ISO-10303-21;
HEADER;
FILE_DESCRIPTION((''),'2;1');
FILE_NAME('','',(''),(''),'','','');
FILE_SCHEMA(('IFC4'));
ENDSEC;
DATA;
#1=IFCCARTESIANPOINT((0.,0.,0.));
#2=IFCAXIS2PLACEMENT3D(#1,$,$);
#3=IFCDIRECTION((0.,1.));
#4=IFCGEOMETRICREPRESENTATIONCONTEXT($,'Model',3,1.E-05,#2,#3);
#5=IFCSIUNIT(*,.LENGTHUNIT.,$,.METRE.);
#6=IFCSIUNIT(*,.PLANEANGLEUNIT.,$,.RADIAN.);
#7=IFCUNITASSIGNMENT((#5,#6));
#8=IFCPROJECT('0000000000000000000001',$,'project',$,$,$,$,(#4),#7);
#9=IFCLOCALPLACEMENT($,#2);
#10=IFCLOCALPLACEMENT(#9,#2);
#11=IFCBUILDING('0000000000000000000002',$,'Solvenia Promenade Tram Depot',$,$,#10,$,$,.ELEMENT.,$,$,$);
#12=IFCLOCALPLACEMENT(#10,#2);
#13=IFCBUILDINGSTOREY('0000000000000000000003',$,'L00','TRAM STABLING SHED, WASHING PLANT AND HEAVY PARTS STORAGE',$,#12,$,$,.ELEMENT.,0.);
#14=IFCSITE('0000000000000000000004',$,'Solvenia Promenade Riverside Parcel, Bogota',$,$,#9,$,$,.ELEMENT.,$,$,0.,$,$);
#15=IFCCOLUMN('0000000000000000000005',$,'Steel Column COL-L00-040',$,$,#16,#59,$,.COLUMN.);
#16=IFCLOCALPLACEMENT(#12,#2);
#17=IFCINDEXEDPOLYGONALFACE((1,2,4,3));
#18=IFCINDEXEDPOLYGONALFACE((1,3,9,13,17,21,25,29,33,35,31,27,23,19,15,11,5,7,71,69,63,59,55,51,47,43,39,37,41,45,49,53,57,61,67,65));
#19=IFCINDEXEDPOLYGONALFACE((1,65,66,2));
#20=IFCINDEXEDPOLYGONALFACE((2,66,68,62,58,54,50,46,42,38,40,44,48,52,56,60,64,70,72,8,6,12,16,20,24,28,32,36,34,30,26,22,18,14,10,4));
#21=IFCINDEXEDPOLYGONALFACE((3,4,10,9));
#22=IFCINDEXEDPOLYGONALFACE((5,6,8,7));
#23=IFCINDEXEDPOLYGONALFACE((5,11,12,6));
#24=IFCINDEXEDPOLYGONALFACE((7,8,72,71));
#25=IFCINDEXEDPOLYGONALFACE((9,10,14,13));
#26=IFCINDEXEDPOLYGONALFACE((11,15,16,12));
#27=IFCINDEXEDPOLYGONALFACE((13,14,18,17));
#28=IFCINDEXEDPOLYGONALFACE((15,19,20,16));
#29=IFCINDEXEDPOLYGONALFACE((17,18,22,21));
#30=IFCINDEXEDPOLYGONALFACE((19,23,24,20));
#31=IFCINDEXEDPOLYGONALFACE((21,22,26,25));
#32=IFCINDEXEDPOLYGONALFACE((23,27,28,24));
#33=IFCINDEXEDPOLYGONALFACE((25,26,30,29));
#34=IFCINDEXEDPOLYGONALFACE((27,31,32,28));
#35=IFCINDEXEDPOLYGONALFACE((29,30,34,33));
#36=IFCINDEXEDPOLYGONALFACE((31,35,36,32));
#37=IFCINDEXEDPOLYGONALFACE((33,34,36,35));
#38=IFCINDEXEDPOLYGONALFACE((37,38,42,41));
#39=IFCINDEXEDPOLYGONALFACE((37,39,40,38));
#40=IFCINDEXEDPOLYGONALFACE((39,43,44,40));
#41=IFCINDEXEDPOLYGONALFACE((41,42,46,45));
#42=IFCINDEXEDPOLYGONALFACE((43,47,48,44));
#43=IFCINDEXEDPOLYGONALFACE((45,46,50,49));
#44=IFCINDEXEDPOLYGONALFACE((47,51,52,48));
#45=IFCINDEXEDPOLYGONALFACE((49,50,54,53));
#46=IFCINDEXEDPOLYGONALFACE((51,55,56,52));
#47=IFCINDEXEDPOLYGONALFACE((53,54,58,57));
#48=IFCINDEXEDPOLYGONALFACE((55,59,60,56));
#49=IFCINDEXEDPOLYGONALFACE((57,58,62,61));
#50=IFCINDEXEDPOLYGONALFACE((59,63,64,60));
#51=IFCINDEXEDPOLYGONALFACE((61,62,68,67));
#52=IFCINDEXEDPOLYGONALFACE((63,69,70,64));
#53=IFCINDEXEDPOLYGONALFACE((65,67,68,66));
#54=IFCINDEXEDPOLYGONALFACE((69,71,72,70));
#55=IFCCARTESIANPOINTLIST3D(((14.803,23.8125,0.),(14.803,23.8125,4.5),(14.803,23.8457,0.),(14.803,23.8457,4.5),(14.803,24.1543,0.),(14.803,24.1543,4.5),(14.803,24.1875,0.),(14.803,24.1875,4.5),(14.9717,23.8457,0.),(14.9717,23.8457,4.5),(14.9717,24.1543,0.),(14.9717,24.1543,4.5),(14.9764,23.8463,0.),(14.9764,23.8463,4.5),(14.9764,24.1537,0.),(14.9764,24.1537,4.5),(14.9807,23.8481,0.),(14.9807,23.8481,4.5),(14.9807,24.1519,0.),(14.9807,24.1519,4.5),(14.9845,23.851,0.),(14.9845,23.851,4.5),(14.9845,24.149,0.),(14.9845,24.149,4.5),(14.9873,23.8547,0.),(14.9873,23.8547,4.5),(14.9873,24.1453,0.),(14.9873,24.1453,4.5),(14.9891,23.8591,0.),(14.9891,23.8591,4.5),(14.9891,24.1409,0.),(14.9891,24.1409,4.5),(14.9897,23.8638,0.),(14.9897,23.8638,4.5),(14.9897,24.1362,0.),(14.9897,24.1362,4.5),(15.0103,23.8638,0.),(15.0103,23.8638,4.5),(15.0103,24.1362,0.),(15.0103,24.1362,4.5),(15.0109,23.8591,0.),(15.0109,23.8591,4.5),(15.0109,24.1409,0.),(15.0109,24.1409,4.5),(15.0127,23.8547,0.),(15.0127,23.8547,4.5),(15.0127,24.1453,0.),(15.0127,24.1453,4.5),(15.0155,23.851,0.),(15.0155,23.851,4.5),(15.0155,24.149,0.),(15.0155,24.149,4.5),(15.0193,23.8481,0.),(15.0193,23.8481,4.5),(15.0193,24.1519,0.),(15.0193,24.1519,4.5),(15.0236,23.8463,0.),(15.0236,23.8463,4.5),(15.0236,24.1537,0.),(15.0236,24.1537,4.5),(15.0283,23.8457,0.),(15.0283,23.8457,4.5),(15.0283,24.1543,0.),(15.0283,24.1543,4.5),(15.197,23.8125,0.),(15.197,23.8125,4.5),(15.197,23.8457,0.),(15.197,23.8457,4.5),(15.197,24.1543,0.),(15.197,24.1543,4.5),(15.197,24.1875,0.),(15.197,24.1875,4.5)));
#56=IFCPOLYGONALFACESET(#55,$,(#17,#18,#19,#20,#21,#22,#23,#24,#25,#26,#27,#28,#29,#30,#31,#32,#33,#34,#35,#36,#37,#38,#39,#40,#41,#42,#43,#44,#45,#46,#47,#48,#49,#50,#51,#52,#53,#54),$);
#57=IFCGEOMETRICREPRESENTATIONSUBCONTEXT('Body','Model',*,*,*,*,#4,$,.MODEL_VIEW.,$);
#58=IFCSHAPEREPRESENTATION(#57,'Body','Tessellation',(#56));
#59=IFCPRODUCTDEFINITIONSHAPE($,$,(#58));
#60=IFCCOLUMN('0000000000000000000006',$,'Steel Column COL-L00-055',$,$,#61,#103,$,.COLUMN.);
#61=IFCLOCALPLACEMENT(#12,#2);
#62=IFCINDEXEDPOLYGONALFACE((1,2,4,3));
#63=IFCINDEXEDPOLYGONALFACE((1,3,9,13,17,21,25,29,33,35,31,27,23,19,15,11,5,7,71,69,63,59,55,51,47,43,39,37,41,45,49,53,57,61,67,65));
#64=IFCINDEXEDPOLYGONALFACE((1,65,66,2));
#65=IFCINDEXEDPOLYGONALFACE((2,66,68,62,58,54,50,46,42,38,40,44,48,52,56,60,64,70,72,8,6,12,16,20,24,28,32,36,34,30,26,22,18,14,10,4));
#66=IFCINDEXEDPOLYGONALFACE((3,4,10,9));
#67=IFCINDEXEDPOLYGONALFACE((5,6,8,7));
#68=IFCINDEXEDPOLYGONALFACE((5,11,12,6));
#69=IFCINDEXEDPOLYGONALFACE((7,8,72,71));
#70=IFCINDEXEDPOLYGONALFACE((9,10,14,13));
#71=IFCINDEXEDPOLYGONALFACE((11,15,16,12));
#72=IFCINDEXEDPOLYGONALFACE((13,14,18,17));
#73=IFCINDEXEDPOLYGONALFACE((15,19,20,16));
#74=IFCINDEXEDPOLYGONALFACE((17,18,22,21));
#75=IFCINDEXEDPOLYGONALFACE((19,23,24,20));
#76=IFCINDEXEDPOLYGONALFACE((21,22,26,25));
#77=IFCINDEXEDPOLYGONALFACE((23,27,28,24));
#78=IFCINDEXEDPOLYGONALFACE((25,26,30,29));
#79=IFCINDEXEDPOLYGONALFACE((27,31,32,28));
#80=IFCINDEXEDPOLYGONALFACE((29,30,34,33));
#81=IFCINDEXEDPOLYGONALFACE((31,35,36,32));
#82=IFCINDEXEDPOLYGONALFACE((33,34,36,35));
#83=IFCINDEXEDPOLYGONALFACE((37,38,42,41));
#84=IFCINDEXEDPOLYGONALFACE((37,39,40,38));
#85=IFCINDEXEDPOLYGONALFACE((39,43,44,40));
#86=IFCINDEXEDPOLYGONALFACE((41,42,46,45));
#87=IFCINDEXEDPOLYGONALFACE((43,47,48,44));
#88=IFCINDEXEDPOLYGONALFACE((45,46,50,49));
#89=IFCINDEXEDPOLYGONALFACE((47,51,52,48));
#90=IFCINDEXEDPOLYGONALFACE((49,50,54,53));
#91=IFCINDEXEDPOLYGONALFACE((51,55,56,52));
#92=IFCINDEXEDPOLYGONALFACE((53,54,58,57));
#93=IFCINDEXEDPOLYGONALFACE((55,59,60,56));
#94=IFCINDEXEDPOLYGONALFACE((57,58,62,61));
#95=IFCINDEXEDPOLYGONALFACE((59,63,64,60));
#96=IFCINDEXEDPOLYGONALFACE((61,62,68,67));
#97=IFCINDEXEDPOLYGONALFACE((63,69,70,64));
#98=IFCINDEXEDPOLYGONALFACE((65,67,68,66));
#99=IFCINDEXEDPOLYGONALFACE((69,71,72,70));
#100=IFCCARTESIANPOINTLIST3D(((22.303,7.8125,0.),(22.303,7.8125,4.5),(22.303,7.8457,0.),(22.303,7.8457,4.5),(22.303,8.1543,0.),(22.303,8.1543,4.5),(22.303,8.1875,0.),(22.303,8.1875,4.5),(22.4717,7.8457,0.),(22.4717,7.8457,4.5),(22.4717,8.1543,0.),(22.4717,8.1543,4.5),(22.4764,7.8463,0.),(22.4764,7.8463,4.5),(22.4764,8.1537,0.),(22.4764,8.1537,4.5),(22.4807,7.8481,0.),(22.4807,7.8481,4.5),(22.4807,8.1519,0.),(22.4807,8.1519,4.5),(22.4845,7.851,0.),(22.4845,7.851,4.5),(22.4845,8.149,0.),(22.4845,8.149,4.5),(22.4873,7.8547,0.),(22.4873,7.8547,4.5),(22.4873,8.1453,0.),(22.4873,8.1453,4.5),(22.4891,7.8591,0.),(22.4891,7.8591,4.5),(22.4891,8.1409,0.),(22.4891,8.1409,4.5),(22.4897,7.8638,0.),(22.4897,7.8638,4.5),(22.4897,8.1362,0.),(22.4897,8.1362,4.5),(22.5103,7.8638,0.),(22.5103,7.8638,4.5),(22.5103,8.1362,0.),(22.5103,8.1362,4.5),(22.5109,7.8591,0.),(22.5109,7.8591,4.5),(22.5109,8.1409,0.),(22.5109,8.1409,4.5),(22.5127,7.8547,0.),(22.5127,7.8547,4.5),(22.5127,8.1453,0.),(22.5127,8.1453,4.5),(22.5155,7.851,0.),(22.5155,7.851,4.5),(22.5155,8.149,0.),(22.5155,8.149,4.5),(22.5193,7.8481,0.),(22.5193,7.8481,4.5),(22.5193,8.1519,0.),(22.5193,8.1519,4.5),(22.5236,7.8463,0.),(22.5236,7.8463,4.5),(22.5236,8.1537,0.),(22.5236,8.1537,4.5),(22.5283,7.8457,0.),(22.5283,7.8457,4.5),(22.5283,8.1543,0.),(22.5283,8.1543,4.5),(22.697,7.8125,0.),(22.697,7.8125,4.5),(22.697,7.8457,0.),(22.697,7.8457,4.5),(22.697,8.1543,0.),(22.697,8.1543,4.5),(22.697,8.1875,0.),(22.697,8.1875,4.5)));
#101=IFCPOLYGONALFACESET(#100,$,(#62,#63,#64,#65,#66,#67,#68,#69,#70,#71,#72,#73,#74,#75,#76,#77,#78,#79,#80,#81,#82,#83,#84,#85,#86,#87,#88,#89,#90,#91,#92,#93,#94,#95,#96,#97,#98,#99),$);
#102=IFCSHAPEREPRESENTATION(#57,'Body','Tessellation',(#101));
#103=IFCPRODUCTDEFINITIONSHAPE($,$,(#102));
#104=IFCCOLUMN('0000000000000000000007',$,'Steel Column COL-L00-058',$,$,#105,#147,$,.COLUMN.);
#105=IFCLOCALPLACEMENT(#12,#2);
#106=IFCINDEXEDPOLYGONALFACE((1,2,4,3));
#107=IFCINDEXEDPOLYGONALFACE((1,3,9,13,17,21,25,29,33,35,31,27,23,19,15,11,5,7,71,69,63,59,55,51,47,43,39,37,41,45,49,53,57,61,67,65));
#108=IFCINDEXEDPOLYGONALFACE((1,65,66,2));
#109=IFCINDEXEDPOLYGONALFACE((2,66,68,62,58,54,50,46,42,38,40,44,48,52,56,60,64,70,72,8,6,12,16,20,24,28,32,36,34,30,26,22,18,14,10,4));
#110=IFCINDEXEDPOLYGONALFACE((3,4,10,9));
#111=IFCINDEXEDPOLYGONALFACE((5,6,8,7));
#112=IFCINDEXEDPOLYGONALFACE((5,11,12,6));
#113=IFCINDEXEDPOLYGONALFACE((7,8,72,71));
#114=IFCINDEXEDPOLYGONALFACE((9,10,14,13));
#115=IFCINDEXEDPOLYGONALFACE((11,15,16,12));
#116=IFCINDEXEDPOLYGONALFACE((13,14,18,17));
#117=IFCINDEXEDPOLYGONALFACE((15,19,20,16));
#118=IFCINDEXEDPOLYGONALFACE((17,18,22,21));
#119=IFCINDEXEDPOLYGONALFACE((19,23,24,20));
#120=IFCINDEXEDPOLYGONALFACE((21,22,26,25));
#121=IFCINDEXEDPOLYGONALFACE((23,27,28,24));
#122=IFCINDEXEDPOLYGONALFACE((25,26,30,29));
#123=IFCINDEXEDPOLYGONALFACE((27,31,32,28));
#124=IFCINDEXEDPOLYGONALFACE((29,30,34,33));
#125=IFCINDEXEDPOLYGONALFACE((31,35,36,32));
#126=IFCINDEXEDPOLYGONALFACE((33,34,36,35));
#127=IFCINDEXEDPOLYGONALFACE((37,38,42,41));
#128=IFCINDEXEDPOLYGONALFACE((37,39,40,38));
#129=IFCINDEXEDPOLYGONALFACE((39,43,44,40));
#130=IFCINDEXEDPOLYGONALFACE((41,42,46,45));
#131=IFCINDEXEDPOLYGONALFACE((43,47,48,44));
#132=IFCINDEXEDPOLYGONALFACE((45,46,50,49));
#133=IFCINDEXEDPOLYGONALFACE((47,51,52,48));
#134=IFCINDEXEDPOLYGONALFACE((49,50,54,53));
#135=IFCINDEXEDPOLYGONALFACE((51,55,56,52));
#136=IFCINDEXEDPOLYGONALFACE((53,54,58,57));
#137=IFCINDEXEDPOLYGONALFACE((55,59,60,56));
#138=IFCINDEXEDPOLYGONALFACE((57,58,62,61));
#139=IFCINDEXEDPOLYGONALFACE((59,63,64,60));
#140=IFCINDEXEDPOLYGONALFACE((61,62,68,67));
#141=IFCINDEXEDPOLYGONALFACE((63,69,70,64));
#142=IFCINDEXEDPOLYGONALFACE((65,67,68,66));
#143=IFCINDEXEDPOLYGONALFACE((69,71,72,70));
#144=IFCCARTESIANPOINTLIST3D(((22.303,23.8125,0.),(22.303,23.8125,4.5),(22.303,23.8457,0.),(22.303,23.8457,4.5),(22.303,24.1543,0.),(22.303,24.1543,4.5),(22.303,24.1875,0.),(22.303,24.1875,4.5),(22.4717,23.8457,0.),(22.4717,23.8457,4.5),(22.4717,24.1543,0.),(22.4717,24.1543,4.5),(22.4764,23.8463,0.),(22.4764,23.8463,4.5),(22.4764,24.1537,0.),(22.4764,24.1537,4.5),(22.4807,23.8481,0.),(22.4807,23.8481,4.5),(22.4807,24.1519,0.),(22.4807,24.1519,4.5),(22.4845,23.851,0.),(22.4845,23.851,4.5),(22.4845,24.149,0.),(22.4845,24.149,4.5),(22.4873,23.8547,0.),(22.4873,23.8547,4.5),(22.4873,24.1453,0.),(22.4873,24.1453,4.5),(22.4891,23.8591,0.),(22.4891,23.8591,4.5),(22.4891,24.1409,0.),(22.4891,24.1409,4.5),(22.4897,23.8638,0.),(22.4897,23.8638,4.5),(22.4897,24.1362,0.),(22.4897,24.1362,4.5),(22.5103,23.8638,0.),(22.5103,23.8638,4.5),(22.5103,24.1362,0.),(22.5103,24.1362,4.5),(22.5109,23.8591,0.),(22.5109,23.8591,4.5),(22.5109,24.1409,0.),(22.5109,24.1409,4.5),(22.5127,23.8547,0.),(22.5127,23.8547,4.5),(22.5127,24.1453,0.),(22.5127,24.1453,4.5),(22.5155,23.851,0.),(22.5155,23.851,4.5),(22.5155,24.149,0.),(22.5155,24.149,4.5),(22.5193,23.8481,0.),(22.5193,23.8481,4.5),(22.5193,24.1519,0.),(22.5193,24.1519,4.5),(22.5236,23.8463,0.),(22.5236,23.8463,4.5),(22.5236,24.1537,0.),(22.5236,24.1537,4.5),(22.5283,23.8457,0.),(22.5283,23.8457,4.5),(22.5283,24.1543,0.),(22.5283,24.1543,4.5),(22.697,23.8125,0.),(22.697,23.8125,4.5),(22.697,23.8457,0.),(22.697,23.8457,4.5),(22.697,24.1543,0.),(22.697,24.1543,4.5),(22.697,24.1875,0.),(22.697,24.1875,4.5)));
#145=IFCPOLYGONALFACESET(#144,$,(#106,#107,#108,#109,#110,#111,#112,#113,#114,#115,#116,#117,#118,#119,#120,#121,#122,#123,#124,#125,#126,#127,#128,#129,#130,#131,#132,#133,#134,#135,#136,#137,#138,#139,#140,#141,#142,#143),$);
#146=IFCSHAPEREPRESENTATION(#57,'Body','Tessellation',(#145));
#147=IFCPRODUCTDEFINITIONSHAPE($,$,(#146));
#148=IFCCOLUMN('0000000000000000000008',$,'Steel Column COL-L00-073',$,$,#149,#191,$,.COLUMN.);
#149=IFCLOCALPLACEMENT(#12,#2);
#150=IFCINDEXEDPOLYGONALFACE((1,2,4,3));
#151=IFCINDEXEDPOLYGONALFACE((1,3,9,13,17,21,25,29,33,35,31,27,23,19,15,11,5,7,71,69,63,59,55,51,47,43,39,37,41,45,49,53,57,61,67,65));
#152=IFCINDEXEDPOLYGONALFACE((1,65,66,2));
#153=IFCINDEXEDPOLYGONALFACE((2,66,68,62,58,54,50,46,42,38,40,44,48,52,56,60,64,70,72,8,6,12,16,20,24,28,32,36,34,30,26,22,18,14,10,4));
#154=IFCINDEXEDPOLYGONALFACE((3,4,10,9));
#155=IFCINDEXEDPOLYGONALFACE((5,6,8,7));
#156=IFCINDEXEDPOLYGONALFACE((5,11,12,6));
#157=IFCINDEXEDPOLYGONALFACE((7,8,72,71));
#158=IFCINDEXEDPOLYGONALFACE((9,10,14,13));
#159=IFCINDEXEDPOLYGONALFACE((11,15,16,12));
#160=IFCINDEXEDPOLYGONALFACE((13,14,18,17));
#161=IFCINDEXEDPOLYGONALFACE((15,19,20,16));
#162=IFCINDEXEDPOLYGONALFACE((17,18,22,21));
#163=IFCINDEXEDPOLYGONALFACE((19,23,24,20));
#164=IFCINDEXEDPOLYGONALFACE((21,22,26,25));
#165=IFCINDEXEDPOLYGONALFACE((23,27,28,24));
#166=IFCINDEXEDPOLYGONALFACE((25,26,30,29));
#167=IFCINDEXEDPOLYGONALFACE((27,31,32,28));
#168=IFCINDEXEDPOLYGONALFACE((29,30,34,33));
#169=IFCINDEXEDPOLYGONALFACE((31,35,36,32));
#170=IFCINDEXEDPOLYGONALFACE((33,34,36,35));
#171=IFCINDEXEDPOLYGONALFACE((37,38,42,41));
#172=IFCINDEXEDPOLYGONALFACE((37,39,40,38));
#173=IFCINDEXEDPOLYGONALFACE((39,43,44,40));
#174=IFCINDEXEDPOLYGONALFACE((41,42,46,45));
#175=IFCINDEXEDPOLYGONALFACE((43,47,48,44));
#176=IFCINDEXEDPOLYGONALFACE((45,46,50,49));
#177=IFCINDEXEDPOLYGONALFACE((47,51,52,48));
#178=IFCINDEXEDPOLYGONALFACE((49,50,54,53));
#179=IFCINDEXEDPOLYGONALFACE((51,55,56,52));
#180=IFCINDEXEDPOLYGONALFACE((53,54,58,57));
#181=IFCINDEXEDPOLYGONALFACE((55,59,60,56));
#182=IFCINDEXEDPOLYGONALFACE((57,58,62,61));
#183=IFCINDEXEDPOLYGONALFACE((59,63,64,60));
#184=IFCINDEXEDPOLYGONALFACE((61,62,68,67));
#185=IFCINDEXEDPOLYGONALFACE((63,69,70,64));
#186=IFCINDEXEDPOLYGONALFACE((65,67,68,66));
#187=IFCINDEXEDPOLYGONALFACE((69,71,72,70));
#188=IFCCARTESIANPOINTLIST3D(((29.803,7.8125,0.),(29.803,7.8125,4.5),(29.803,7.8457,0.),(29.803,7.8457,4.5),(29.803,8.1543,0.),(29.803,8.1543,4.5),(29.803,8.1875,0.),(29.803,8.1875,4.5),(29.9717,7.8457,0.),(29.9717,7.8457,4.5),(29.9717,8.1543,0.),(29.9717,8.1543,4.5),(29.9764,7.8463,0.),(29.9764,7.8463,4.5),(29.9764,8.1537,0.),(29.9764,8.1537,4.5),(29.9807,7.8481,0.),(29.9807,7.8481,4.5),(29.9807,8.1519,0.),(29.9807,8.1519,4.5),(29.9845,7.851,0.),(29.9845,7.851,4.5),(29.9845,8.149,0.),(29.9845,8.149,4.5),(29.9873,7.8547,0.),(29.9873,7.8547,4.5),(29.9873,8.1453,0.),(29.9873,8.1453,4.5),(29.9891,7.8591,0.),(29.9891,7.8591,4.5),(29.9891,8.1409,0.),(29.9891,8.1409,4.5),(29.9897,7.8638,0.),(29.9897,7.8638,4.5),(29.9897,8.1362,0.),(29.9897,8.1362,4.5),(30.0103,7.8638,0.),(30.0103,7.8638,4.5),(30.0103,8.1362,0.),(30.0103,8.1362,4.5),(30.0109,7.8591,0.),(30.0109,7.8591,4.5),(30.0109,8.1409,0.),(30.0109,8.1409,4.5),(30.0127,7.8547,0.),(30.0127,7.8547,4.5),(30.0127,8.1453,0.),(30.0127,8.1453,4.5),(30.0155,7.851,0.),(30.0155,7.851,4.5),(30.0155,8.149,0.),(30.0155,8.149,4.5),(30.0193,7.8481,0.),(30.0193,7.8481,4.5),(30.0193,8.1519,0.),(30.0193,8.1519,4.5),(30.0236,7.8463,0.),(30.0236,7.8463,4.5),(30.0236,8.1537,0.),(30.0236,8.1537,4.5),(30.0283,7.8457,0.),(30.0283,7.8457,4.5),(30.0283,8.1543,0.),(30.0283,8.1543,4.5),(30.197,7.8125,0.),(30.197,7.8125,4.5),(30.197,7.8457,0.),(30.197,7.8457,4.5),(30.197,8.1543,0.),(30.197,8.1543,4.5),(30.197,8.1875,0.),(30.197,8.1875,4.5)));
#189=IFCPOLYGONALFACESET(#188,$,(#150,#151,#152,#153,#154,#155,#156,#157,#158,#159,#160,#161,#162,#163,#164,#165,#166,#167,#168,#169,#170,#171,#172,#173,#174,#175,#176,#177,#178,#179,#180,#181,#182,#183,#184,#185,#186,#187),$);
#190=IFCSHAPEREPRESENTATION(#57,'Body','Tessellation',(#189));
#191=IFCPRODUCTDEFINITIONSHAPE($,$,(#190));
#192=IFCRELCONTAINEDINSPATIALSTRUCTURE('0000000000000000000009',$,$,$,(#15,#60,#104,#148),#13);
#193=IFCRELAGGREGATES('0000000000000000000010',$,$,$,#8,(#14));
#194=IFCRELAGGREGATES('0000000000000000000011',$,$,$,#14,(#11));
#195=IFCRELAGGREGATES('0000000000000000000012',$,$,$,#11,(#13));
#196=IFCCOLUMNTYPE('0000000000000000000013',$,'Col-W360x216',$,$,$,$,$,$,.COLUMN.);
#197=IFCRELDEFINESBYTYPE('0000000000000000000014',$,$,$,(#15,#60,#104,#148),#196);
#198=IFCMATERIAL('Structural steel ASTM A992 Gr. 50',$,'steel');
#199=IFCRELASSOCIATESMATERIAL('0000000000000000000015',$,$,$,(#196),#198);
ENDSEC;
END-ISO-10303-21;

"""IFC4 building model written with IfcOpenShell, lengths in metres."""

from ifc_helpers import new_model, si_unit, direction, frame, origin, origin_2d, place, context, subcontext, project, spatial, i_section, extrude, material, material_profile, profile_set, type_object, element, save


model = new_model("IFC4")

# Units and contexts
model_context = context("Model", 3, precision=1e-05, world=origin(), true_north=direction((0.0, 1.0)))
body_context = subcontext(model_context, "Body", "Model", "MODEL_VIEW")
ifc_project = project(units=[si_unit("LENGTHUNIT", "METRE"), si_unit("PLANEANGLEUNIT", "RADIAN")], contexts=[model_context])

# Site, building, storey
site_placement = place(None, origin())
site = spatial("IfcSite", under=ifc_project, at=site_placement, Name="Solvenia Promenade Riverside Parcel, Bogota", CompositionType="ELEMENT", RefElevation=0.0)
building_placement = place(site_placement, origin())
building = spatial("IfcBuilding", under=site, at=building_placement, Name="Solvenia Promenade Tram Depot", CompositionType="ELEMENT")
storey_placement = place(building_placement, origin())
storey = spatial("IfcBuildingStorey", under=building, at=storey_placement, Name="L00", Description="TRAM STABLING SHED, WASHING PLANT AND HEAVY PARTS STORAGE", CompositionType="ELEMENT", Elevation=0.0)

# Columns
ifc_material_1 = material(Name="Structural steel ASTM A992 Gr. 50", Category="steel")
ifc_material_profile_1 = material_profile(ifc_material_1, i_section(OverallWidth=0.394, OverallDepth=0.375, WebThickness=0.0205, FlangeThickness=0.0332, FilletRadius=0.0181, at=origin_2d()), Name="W360x216", Category="steel")
ifc_profile_set_1 = profile_set([ifc_material_profile_1], Name="Structural steel ASTM A992 Gr. 50")
column_type = type_object("IfcColumnType", Name="Col-W360x216", PredefinedType="COLUMN", material=ifc_profile_set_1)
for number, where, z_axis, x_axis, name in (
    (1, (15.0, 24.0, 0.0), (0.0, 0.0, 1.0), (1.0, 0.0, 0.0), "Steel Column COL-L00-040"),
    (2, (22.5, 8.0, 0.0), (0.0, 0.0, 1.0), (1.0, 0.0, 0.0), "Steel Column COL-L00-055"),
    (3, (22.5, 24.0, 0.0), (0.0, 0.0, 1.0), (1.0, 0.0, 0.0), "Steel Column COL-L00-058"),
    (4, (30.0, 8.0, 0.0), (0.0, 0.0, 1.0), (1.0, 0.0, 0.0), "Steel Column COL-L00-073"),
):
    element("IfcColumn", number, at=place(storey_placement, frame(where, z_axis=z_axis, x_axis=x_axis)), inside=storey, type_object=column_type, Name=name, PredefinedType="COLUMN", context=body_context, shape_type="SweptSolid", body=[
        extrude(i_section(OverallWidth=0.394, OverallDepth=0.375, WebThickness=0.0205, FlangeThickness=0.0332, FilletRadius=0.0181, at=origin_2d()), origin(), (0.0, 0.0, 1.0), 4.5),
    ])

save(model, "model.ifc")
